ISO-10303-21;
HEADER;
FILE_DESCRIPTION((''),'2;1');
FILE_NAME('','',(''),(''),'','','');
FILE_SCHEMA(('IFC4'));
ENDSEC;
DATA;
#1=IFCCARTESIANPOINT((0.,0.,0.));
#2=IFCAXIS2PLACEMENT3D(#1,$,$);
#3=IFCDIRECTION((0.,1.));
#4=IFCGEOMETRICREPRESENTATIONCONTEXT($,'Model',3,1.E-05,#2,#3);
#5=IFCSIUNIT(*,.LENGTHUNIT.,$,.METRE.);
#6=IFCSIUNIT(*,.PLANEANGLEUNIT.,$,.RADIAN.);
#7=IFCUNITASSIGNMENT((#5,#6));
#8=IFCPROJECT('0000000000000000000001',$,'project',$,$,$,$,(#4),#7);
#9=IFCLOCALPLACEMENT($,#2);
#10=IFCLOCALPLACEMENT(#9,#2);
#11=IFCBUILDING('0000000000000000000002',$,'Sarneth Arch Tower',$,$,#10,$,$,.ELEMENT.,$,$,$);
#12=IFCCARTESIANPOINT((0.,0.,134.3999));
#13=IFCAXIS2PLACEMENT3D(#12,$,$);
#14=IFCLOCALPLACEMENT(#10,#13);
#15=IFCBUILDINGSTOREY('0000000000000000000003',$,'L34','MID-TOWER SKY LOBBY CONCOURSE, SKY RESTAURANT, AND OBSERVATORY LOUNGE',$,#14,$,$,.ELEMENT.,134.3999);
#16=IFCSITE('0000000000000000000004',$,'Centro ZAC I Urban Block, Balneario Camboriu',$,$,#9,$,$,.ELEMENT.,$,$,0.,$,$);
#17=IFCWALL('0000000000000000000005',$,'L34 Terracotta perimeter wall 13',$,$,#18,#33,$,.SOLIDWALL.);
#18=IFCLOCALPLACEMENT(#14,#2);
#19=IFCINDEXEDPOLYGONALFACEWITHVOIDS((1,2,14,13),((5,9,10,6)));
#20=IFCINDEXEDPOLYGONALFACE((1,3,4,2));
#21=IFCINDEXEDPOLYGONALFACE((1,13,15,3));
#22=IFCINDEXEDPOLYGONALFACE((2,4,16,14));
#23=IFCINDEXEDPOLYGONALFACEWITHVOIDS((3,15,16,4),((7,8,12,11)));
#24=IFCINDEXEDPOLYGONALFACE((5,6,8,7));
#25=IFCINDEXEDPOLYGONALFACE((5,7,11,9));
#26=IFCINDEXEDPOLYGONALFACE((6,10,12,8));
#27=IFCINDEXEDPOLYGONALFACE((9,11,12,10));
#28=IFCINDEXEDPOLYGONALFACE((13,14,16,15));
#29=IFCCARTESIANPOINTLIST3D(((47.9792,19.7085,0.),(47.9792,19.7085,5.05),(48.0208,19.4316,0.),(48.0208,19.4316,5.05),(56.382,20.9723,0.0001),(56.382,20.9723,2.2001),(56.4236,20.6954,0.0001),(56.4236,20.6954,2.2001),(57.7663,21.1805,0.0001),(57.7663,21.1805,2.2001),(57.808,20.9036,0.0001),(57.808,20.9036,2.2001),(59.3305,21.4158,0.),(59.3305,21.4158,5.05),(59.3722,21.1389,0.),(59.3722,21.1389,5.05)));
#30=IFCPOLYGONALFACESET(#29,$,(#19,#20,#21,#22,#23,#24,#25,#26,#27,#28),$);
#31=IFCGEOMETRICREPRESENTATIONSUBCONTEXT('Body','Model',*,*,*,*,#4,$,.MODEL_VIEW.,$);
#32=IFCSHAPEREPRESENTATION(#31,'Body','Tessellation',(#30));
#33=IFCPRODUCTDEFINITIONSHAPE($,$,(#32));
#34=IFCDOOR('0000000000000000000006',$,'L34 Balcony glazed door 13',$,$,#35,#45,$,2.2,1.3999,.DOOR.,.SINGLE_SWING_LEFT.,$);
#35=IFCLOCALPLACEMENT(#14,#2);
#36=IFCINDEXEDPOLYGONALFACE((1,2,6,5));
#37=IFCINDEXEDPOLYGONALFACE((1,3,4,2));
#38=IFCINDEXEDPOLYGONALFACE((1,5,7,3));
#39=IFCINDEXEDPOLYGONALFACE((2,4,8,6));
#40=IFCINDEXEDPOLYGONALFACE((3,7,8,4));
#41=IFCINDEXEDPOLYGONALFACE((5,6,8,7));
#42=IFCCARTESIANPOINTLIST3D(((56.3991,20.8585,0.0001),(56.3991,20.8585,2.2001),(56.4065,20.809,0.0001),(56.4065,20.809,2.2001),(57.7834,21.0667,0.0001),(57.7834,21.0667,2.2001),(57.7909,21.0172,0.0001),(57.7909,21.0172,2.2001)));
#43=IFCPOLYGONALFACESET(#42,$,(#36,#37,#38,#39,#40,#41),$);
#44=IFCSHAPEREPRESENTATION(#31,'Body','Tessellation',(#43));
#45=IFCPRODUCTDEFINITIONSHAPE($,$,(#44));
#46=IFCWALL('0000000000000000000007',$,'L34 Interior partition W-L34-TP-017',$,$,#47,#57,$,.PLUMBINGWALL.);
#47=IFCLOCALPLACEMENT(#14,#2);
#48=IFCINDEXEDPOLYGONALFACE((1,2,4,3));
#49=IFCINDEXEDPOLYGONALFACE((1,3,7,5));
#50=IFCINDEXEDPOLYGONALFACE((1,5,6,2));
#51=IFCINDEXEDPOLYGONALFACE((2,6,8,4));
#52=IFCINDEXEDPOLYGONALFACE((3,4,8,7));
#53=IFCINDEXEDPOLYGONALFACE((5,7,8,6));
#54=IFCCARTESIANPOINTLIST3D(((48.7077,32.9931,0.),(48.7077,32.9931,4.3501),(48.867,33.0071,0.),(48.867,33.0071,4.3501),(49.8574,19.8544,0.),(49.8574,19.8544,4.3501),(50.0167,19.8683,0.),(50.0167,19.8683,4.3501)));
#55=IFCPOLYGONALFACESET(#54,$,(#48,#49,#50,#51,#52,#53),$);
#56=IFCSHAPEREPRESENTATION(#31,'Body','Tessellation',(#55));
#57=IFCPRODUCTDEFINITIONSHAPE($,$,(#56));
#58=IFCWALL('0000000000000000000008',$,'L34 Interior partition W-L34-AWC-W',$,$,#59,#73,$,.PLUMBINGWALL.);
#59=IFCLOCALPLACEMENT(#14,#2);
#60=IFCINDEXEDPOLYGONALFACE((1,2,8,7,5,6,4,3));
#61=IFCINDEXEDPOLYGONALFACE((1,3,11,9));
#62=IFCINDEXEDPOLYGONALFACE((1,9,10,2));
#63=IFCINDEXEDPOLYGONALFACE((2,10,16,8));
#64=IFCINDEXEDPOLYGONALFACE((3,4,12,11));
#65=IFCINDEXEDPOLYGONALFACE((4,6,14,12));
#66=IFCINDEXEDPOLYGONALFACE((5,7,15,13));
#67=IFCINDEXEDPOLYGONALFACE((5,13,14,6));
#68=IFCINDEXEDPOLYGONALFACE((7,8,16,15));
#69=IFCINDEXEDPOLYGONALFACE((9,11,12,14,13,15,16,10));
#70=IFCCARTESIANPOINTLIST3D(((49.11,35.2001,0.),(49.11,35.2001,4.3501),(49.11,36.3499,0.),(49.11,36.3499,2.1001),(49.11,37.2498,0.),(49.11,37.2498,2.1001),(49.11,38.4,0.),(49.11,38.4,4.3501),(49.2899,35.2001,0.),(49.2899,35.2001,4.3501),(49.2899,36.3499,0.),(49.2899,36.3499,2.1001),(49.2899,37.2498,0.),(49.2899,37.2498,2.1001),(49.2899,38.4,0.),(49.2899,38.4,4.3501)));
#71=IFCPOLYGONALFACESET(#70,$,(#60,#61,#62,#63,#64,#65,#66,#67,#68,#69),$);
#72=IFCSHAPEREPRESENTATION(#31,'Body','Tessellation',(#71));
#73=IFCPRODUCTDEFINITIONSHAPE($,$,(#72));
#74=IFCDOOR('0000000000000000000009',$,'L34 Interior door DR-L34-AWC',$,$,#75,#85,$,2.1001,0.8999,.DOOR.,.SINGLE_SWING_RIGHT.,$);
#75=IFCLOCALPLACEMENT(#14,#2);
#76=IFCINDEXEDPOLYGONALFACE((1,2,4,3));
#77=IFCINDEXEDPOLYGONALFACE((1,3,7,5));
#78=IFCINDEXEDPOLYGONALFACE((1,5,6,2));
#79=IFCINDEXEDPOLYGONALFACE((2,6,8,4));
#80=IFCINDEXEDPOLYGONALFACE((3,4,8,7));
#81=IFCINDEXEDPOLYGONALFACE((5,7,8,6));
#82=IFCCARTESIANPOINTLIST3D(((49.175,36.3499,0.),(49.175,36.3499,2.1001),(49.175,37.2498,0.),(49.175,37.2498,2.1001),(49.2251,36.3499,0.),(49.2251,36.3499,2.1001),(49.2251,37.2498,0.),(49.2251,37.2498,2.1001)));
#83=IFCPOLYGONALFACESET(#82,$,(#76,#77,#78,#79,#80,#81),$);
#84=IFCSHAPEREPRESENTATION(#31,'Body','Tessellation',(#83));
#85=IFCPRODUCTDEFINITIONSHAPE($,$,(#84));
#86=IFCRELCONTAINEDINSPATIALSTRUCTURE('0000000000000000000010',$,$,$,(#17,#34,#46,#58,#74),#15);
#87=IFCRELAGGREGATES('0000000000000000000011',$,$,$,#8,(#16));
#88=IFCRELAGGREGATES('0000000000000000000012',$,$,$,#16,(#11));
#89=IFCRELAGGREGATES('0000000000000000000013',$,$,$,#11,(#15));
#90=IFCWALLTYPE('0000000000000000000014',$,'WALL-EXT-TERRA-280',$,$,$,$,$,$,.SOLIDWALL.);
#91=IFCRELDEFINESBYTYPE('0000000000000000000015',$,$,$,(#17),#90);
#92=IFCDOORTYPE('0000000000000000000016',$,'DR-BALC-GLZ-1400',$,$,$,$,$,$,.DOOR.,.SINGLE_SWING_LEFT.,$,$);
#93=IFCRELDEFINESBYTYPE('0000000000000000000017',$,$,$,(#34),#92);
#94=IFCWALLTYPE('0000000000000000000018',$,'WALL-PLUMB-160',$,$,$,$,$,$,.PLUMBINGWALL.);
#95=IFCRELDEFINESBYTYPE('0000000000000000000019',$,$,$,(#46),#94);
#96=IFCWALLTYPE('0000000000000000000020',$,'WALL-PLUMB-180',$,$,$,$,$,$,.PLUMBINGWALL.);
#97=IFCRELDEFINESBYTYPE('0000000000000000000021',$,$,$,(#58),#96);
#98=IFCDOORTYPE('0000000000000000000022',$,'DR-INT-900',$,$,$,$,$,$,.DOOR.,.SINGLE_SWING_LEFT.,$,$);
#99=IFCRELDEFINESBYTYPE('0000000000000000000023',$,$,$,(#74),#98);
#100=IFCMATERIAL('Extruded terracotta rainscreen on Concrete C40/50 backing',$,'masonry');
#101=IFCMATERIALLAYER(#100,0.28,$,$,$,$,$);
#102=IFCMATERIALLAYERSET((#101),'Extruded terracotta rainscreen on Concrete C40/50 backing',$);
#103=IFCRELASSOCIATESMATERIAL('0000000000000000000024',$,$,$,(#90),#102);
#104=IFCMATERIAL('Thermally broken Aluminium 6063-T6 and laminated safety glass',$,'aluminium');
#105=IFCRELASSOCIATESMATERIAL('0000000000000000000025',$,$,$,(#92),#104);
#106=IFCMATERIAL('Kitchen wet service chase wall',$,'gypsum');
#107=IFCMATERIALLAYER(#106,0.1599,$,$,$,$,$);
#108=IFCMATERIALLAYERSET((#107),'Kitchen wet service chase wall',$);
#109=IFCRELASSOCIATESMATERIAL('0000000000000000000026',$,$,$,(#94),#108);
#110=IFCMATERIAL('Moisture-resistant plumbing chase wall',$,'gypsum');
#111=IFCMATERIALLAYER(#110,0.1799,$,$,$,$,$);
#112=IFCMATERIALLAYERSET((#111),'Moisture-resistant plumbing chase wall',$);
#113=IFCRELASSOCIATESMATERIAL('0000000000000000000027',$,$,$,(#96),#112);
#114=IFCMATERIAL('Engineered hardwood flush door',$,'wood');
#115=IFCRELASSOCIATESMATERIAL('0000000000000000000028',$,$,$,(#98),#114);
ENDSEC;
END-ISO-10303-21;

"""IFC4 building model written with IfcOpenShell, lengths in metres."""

from ifc_helpers import new_model, si_unit, direction, frame, frame_2d, origin, place, context, subcontext, project, spatial, rectangle, extrude, material, layer, layer_set, type_object, element, fill, save


model = new_model("IFC4")

# Units and contexts
model_context = context("Model", 3, precision=1e-05, world=origin(), true_north=direction((0.0, 1.0)))
body_context = subcontext(model_context, "Body", "Model", "MODEL_VIEW")
ifc_project = project(units=[si_unit("LENGTHUNIT", "METRE"), si_unit("PLANEANGLEUNIT", "RADIAN")], contexts=[model_context])

# Site, building, storey
site_placement = place(None, origin())
site = spatial("IfcSite", under=ifc_project, at=site_placement, Name="Centro ZAC I Urban Block, Balneario Camboriu", CompositionType="ELEMENT", RefElevation=0.0)
building_placement = place(site_placement, origin())
building = spatial("IfcBuilding", under=site, at=building_placement, Name="Sarneth Arch Tower", CompositionType="ELEMENT")
storey_placement = place(building_placement, frame((0.0, 0.0, 134.3999)))
storey = spatial("IfcBuildingStorey", under=building, at=storey_placement, Name="L34", Description="MID-TOWER SKY LOBBY CONCOURSE, SKY RESTAURANT, AND OBSERVATORY LOUNGE", CompositionType="ELEMENT", Elevation=134.3999)

# Wall, opening, door
ifc_material_1 = material(Name="Extruded terracotta rainscreen on Concrete C40/50 backing", Category="masonry")
ifc_layer_1 = layer(ifc_material_1, 0.28)
ifc_layer_set_1 = layer_set([ifc_layer_1], Name="Extruded terracotta rainscreen on Concrete C40/50 backing")
wall_type_1 = type_object("IfcWallType", Name="WALL-EXT-TERRA-280", PredefinedType="SOLIDWALL", material=ifc_layer_set_1)
wall_1_placement = place(storey_placement, frame((48.0, 19.5701, 0.0), z_axis=(0.0, 0.0, 1.0), x_axis=(0.988878, 0.14873, 0.0)))
wall_1 = element("IfcWall", 1, at=wall_1_placement, inside=storey, type_object=wall_type_1, Name="L34 Terracotta perimeter wall 13", PredefinedType="SOLIDWALL", context=body_context, shape_type="SweptSolid", body=[
    extrude(rectangle(XDim=11.479, YDim=0.28, at=frame_2d((5.7395, 0.0))), origin(), (0.0, 0.0, 1.0), 5.05),
])
opening_1_placement = place(wall_1_placement, frame((8.4973, 0.0, 0.0)))
opening_1 = element("IfcOpeningElement", 2, at=opening_1_placement, cuts=wall_1, PredefinedType="OPENING", context=body_context, shape_type="SweptSolid", body=[
    extrude(rectangle(XDim=1.3999, YDim=2.2, at=frame_2d((0.7, 1.1001))), frame((0.0, 0.1499, 0.0), z_axis=(0.0, -1.0, 0.0), x_axis=(1.0, 0.0, 0.0)), (0.0, 0.0, 1.0), 0.3),
])
ifc_material_2 = material(Name="Thermally broken Aluminium 6063-T6 and laminated safety glass", Category="aluminium")
door_type_1 = type_object("IfcDoorType", Name="DR-BALC-GLZ-1400", OperationType="SINGLE_SWING_LEFT", PredefinedType="DOOR", material=ifc_material_2)
door_1_placement = place(opening_1_placement, origin())
door_1 = element("IfcDoor", 3, at=door_1_placement, inside=storey, type_object=door_type_1, Name="L34 Balcony glazed door 13", OperationType="SINGLE_SWING_LEFT", OverallHeight=2.2, OverallWidth=1.3999, PredefinedType="DOOR", context=body_context, shape_type="SweptSolid", body=[
    extrude(rectangle(XDim=1.3999, YDim=2.2, at=frame_2d((0.7, 1.1001))), frame((0.0, 0.0249, 0.0), z_axis=(0.0, -1.0, 0.0), x_axis=(1.0, 0.0, 0.0)), (0.0, 0.0, 1.0), 0.05),
])
fill(opening_1, door_1)

# Wall
ifc_material_3 = material(Name="Kitchen wet service chase wall", Category="gypsum")
ifc_layer_2 = layer(ifc_material_3, 0.1599)
ifc_layer_set_2 = layer_set([ifc_layer_2], Name="Kitchen wet service chase wall")
wall_type_2 = type_object("IfcWallType", Name="WALL-PLUMB-160", PredefinedType="PLUMBINGWALL", material=ifc_layer_set_2)
wall_2_placement = place(storey_placement, frame((49.937, 19.8613, 0.0), z_axis=(0.0, 0.0, 1.0), x_axis=(-0.087169, 0.996194, 0.0)))
element("IfcWall", 4, at=wall_2_placement, inside=storey, type_object=wall_type_2, Name="L34 Interior partition W-L34-TP-017", PredefinedType="PLUMBINGWALL", context=body_context, shape_type="SweptSolid", body=[
    extrude(rectangle(XDim=13.189, YDim=0.1599, at=frame_2d((6.5945, 0.0))), origin(), (0.0, 0.0, 1.0), 4.3501),
])

# Wall, opening, door
ifc_material_4 = material(Name="Moisture-resistant plumbing chase wall", Category="gypsum")
ifc_layer_3 = layer(ifc_material_4, 0.1799)
ifc_layer_set_3 = layer_set([ifc_layer_3], Name="Moisture-resistant plumbing chase wall")
wall_type_3 = type_object("IfcWallType", Name="WALL-PLUMB-180", PredefinedType="PLUMBINGWALL", material=ifc_layer_set_3)
wall_3_placement = place(storey_placement, frame((49.2, 35.2, 0.0), z_axis=(0.0, 0.0, 1.0), x_axis=(0.0, 1.0, 0.0)))
wall_3 = element("IfcWall", 5, at=wall_3_placement, inside=storey, type_object=wall_type_3, Name="L34 Interior partition W-L34-AWC-W", PredefinedType="PLUMBINGWALL", context=body_context, shape_type="SweptSolid", body=[
    extrude(rectangle(XDim=3.2, YDim=0.1799, at=frame_2d((1.6001, 0.0))), origin(), (0.0, 0.0, 1.0), 4.3501),
])
opening_2_placement = place(wall_3_placement, frame((1.1499, 0.0, 0.0)))
opening_2 = element("IfcOpeningElement", 6, at=opening_2_placement, cuts=wall_3, PredefinedType="OPENING", context=body_context, shape_type="SweptSolid", body=[
    extrude(rectangle(XDim=0.8999, YDim=2.1001, at=frame_2d((0.45, 1.05))), frame((0.0, 0.0999, 0.0), z_axis=(0.0, -1.0, 0.0), x_axis=(1.0, 0.0, 0.0)), (0.0, 0.0, 1.0), 0.2),
])
ifc_material_5 = material(Name="Engineered hardwood flush door", Category="wood")
door_type_2 = type_object("IfcDoorType", Name="DR-INT-900", OperationType="SINGLE_SWING_LEFT", PredefinedType="DOOR", material=ifc_material_5)
door_2_placement = place(opening_2_placement, origin())
door_2 = element("IfcDoor", 7, at=door_2_placement, inside=storey, type_object=door_type_2, Name="L34 Interior door DR-L34-AWC", OperationType="SINGLE_SWING_RIGHT", OverallHeight=2.1001, OverallWidth=0.8999, PredefinedType="DOOR", context=body_context, shape_type="SweptSolid", body=[
    extrude(rectangle(XDim=0.8999, YDim=2.1001, at=frame_2d((0.45, 1.05))), frame((0.0, 0.0249, 0.0), z_axis=(0.0, -1.0, 0.0), x_axis=(1.0, 0.0, 0.0)), (0.0, 0.0, 1.0), 0.05),
])
fill(opening_2, door_2)

save(model, "model.ifc")
